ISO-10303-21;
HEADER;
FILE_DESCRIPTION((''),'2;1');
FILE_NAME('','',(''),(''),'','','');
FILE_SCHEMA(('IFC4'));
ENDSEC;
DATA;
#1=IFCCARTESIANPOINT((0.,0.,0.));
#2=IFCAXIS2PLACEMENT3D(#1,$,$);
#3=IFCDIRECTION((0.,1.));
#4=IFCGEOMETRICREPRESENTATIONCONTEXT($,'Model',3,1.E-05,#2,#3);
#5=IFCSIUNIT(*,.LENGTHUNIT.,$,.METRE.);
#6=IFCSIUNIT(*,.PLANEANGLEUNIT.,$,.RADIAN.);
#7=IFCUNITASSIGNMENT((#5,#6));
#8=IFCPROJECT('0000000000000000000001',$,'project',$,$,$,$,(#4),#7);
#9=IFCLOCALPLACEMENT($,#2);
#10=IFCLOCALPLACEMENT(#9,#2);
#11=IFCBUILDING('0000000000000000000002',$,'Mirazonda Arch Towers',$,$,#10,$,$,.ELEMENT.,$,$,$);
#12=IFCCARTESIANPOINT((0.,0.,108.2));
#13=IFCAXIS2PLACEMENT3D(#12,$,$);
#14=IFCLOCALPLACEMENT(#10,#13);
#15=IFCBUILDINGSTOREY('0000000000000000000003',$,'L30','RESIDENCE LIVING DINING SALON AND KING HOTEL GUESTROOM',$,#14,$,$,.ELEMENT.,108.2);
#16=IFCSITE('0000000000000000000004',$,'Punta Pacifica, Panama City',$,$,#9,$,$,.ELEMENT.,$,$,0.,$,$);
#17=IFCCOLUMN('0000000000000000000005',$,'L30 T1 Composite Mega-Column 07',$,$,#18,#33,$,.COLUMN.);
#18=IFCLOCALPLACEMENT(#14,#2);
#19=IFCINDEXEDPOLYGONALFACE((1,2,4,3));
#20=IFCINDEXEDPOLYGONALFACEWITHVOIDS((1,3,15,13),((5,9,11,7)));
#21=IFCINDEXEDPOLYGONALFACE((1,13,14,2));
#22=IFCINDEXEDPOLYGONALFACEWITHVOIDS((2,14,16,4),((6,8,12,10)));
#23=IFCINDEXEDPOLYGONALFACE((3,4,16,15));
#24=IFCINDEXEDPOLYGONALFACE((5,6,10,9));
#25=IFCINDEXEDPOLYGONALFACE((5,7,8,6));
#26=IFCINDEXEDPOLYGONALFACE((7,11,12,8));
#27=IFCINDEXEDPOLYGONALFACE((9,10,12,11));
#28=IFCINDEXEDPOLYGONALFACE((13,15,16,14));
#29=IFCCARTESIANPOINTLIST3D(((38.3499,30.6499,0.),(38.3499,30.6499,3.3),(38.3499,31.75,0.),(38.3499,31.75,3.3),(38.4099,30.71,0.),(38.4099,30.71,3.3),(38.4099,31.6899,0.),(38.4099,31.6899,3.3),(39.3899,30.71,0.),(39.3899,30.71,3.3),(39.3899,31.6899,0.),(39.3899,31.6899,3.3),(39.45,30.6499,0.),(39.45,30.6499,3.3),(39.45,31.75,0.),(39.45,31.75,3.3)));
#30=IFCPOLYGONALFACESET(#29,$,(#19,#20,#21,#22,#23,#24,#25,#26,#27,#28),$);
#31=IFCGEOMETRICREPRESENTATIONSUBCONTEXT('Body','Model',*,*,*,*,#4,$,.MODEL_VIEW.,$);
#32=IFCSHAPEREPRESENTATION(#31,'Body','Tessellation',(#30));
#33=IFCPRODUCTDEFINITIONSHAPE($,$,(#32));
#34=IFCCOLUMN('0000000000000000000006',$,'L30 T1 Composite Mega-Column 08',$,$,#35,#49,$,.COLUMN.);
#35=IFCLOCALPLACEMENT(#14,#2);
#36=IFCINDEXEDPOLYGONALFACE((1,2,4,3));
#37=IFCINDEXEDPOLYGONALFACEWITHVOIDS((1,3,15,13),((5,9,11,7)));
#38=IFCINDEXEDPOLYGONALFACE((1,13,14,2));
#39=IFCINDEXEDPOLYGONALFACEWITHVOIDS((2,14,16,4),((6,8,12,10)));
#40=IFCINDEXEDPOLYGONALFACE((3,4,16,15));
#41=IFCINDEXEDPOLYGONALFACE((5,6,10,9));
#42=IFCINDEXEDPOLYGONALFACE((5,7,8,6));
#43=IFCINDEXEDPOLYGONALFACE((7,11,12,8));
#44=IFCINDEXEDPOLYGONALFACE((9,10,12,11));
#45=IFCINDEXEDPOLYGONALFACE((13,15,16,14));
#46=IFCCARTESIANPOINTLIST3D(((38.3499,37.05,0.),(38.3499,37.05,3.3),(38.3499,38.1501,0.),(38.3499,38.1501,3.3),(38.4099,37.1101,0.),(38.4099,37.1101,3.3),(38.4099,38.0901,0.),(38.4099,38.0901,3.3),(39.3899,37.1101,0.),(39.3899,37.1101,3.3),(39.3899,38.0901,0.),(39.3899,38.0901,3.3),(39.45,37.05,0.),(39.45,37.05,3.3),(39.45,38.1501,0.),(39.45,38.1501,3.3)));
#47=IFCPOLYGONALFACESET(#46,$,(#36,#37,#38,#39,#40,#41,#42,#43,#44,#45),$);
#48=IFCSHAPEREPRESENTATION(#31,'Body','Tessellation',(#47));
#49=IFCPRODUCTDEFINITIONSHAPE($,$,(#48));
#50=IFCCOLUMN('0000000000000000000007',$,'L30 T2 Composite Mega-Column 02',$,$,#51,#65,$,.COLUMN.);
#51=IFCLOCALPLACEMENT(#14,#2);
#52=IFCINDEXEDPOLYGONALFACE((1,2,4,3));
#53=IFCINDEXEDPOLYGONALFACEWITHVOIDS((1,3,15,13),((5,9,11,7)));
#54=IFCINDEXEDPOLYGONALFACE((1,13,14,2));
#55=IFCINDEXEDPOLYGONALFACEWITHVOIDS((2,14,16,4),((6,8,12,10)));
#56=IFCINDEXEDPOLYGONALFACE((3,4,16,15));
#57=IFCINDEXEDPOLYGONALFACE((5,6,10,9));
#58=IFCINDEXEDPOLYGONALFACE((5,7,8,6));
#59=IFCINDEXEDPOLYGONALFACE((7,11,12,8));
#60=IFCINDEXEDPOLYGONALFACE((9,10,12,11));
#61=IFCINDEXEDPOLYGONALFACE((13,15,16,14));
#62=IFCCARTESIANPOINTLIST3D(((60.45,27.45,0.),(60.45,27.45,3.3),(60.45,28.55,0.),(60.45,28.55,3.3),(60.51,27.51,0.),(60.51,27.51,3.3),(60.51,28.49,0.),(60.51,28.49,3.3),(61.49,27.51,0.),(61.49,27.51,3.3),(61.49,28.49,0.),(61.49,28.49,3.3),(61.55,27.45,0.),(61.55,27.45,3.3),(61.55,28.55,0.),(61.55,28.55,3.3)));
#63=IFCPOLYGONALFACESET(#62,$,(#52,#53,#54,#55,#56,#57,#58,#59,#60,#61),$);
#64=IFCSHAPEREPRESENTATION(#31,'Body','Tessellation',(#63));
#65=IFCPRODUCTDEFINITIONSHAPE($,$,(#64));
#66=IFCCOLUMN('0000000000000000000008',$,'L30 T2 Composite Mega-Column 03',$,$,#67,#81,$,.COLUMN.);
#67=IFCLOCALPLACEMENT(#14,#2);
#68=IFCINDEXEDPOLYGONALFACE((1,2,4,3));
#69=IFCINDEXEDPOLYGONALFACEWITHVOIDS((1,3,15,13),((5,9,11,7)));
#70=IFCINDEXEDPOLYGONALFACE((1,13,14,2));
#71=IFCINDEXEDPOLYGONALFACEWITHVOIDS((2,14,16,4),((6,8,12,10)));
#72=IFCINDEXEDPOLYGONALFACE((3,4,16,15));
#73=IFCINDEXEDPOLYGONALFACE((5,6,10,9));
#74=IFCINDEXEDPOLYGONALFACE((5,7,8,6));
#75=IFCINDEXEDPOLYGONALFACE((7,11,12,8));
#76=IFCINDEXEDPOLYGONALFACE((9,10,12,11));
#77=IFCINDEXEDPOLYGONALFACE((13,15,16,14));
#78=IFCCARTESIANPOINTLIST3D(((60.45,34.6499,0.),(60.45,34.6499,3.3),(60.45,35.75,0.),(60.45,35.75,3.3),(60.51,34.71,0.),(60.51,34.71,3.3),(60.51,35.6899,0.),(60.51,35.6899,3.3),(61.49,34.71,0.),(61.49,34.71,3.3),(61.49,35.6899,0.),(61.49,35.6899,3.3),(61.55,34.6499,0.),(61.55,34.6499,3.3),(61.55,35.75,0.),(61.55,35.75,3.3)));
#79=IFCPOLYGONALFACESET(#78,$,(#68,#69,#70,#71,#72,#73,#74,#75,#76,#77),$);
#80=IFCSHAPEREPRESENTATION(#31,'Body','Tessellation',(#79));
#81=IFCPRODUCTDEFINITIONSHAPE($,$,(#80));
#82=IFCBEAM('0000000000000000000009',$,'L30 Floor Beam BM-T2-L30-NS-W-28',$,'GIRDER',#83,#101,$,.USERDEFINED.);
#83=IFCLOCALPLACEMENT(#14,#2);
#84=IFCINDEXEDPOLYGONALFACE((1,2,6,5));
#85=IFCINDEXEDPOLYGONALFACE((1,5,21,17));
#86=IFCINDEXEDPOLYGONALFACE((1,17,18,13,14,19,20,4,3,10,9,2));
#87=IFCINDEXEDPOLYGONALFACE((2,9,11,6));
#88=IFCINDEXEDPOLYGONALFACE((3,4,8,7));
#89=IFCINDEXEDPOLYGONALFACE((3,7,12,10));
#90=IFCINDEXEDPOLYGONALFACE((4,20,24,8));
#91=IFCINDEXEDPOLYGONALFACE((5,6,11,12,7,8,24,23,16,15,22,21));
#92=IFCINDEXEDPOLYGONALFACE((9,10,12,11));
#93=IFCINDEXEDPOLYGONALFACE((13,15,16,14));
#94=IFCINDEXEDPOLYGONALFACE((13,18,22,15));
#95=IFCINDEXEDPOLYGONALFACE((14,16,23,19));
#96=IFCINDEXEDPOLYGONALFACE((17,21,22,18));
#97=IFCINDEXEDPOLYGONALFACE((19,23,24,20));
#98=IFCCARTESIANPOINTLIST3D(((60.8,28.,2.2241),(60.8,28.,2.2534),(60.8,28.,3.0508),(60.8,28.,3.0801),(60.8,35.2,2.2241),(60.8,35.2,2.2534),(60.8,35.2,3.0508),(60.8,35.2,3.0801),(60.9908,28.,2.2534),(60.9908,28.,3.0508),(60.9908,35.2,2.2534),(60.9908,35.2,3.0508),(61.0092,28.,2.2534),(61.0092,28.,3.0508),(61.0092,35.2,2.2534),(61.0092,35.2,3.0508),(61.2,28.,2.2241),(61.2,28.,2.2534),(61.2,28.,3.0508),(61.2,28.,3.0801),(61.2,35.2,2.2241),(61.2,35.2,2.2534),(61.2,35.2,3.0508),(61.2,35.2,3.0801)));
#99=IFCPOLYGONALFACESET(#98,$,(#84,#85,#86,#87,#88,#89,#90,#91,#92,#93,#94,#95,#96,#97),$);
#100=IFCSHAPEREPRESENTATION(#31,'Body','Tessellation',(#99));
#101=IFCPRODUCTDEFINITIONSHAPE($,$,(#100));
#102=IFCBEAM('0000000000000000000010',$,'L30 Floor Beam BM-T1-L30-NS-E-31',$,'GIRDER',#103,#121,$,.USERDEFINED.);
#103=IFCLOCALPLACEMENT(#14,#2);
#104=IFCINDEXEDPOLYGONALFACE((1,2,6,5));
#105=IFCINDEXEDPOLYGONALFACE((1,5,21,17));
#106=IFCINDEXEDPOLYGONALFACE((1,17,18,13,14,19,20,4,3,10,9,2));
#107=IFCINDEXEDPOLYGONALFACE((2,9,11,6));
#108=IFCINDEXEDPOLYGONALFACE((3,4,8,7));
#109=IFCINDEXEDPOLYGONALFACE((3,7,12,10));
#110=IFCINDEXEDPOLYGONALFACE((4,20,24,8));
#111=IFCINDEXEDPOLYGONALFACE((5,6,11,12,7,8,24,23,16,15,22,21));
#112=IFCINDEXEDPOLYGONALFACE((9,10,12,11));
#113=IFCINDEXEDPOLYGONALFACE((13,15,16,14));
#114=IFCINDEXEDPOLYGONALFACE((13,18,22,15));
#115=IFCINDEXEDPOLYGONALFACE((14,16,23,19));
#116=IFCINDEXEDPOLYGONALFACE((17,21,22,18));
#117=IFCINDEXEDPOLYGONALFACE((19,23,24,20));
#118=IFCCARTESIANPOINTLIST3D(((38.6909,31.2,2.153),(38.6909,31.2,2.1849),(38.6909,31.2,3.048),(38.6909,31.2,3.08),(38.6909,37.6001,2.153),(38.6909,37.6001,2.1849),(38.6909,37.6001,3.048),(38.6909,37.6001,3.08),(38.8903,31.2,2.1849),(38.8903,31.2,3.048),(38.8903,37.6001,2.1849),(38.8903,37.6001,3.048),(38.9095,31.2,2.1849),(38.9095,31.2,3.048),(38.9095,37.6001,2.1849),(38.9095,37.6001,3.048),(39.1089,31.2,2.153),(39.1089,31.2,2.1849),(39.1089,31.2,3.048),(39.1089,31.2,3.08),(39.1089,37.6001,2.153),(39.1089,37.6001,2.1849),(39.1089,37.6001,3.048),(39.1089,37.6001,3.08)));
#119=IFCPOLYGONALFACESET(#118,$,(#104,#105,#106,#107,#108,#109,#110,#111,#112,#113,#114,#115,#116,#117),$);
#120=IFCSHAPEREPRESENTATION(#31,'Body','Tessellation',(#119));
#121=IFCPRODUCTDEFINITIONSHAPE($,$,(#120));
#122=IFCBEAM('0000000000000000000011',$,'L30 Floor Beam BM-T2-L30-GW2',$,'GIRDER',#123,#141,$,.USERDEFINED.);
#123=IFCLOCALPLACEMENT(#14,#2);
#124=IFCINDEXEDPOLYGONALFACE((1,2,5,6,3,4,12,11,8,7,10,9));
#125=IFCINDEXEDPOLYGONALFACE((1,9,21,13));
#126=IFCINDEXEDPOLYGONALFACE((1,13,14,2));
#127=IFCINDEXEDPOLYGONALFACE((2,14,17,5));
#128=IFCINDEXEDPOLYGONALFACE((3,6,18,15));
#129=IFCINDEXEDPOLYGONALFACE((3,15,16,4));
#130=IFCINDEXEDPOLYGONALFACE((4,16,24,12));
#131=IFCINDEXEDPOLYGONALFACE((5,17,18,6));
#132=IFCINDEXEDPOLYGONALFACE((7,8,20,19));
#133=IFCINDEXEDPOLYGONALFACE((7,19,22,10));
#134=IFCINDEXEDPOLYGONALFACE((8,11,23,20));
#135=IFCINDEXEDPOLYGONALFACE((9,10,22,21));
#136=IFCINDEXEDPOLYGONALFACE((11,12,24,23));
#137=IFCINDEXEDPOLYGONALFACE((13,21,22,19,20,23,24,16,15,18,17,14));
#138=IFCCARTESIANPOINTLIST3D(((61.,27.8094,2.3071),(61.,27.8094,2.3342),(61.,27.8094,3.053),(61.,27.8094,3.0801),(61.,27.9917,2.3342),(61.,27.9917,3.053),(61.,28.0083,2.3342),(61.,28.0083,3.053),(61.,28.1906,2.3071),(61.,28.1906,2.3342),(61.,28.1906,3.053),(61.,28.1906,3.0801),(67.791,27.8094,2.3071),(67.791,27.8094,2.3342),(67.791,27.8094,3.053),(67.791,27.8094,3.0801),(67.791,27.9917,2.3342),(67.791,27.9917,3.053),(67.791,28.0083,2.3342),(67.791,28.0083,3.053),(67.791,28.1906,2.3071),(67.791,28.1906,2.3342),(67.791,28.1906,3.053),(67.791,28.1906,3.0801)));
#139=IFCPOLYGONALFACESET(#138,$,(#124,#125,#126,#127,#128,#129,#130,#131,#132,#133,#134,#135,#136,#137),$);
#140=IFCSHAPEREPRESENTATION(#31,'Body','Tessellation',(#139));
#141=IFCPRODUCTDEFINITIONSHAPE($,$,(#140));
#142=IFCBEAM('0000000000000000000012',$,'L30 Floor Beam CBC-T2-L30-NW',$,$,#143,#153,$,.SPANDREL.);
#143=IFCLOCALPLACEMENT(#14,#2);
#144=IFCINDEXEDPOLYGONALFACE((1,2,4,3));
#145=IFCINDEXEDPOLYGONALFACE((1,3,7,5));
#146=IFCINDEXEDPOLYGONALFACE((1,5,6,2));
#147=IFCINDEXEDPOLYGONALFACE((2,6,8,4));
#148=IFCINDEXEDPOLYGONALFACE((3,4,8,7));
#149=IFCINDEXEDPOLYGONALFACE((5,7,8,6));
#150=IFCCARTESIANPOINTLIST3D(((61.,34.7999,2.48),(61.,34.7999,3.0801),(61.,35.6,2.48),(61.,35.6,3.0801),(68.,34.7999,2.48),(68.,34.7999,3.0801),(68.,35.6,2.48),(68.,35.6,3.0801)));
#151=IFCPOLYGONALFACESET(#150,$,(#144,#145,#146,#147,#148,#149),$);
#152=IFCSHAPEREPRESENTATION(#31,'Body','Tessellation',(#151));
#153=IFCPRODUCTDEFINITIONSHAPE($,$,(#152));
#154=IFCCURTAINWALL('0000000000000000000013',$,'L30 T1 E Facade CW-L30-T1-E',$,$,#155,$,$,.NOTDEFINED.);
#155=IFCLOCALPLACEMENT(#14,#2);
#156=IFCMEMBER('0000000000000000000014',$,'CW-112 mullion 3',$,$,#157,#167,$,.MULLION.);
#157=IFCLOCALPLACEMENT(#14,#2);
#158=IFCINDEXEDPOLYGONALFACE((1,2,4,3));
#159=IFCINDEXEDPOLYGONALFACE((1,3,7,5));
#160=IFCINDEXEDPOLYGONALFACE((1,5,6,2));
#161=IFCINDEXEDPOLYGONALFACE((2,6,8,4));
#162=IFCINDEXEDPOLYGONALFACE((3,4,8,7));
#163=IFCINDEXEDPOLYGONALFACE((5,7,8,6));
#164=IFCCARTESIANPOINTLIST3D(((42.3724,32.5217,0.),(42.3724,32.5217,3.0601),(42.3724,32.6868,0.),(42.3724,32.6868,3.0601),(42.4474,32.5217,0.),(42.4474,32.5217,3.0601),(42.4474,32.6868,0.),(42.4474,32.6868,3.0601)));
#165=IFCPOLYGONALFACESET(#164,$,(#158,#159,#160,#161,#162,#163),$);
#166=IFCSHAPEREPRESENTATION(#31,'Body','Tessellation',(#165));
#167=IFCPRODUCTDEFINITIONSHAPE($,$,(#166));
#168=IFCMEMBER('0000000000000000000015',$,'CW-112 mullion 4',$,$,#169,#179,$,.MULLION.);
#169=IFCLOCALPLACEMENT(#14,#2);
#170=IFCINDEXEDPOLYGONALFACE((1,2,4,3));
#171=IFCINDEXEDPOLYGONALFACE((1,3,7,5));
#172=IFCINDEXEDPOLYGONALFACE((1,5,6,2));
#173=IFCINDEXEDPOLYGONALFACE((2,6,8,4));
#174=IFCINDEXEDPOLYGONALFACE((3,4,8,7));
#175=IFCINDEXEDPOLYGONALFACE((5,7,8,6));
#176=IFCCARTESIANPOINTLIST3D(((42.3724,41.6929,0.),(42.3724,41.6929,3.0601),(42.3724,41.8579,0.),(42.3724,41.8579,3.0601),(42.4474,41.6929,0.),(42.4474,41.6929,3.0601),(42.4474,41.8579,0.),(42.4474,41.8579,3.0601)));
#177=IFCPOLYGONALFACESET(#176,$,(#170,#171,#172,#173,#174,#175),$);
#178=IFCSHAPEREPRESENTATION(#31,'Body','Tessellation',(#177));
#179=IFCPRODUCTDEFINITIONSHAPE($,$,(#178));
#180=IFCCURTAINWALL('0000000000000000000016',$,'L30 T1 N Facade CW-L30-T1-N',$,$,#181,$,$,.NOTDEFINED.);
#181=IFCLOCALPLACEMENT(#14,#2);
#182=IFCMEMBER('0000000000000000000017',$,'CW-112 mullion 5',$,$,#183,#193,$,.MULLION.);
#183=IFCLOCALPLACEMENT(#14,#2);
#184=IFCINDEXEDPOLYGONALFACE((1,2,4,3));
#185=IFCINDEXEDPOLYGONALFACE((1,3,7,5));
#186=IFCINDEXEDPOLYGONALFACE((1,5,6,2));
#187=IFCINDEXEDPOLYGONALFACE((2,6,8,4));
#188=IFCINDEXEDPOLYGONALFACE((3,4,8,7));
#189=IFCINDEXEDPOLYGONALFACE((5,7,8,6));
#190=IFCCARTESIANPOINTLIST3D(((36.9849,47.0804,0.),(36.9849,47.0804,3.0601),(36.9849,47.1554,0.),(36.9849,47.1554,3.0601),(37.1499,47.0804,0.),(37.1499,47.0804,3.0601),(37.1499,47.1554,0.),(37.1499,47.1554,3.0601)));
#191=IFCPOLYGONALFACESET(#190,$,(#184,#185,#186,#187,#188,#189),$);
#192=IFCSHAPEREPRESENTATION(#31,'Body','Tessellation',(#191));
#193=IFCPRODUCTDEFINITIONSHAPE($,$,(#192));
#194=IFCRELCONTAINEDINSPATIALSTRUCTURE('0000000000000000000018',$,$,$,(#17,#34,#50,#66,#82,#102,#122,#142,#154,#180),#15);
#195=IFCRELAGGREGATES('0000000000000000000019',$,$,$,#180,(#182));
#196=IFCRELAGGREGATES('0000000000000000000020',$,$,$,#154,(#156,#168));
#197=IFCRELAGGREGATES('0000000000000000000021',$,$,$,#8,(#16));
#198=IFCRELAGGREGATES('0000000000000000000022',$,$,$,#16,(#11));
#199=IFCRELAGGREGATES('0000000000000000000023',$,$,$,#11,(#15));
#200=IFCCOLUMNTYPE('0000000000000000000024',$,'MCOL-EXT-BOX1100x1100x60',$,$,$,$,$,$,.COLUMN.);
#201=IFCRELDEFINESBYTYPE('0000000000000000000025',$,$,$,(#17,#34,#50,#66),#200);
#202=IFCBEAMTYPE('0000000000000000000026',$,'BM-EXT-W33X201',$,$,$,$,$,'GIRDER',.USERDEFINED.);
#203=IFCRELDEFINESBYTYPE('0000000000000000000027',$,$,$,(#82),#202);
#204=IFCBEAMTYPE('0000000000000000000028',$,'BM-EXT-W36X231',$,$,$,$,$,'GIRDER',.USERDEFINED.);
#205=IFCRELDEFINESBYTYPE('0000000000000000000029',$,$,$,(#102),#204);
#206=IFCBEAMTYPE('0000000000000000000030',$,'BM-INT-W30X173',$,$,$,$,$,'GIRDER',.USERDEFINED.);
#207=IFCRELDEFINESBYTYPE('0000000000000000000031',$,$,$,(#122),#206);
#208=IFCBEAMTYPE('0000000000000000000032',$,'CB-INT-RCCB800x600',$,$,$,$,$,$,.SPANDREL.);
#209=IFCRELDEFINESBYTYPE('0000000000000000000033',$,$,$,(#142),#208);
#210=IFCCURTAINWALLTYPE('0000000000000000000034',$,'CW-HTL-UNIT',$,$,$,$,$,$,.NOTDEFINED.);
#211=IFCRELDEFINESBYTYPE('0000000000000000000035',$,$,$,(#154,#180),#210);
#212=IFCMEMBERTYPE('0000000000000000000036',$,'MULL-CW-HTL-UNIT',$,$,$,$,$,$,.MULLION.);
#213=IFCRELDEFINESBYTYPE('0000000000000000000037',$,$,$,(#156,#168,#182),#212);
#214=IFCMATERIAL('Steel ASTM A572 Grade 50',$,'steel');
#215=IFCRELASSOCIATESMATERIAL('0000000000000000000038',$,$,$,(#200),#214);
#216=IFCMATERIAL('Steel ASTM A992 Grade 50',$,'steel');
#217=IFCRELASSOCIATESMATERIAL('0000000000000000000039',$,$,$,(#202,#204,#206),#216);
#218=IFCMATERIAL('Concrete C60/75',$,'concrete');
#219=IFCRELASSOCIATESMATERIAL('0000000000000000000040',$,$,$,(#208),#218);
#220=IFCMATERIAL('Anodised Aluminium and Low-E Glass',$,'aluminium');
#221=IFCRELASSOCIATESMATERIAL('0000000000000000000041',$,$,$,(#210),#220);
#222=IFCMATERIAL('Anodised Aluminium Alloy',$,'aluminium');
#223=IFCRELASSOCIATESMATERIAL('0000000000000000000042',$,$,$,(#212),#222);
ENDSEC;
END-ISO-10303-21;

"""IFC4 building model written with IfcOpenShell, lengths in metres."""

from ifc_helpers import new_model, si_unit, direction, frame, origin, origin_2d, place, context, subcontext, project, spatial, rectangle, hollow_rectangle, i_section, extrude, material, material_profile, profile_set, type_object, element, aggregate, save


model = new_model("IFC4")

# Units and contexts
model_context = context("Model", 3, precision=1e-05, world=origin(), true_north=direction((0.0, 1.0)))
body_context = subcontext(model_context, "Body", "Model", "MODEL_VIEW")
ifc_project = project(units=[si_unit("LENGTHUNIT", "METRE"), si_unit("PLANEANGLEUNIT", "RADIAN")], contexts=[model_context])

# Site, building, storey
site_placement = place(None, origin())
site = spatial("IfcSite", under=ifc_project, at=site_placement, Name="Punta Pacifica, Panama City", CompositionType="ELEMENT", RefElevation=0.0)
building_placement = place(site_placement, origin())
building = spatial("IfcBuilding", under=site, at=building_placement, Name="Mirazonda Arch Towers", CompositionType="ELEMENT")
storey_placement = place(building_placement, frame((0.0, 0.0, 108.2)))
storey = spatial("IfcBuildingStorey", under=building, at=storey_placement, Name="L30", Description="RESIDENCE LIVING DINING SALON AND KING HOTEL GUESTROOM", CompositionType="ELEMENT", Elevation=108.2)

# Columns
ifc_material_1 = material(Name="Steel ASTM A572 Grade 50", Category="steel")
ifc_material_profile_1 = material_profile(ifc_material_1, hollow_rectangle(XDim=1.1001, YDim=1.1001, WallThickness=0.0601, at=origin_2d()), Name="BOX1100x1100x60")
ifc_profile_set_1 = profile_set([ifc_material_profile_1], Name="Steel ASTM A572 Grade 50")
column_type = type_object("IfcColumnType", Name="MCOL-EXT-BOX1100x1100x60", PredefinedType="COLUMN", material=ifc_profile_set_1)
for number, where, z_axis, x_axis, name in (
    (1, (38.8999, 31.2, 0.0), (0.0, 0.0, 1.0), (1.0, 0.0, 0.0), "L30 T1 Composite Mega-Column 07"),
    (2, (38.8999, 37.6001, 0.0), (0.0, 0.0, 1.0), (1.0, 0.0, 0.0), "L30 T1 Composite Mega-Column 08"),
    (3, (61.0, 28.0, 0.0), (0.0, 0.0, 1.0), (1.0, 0.0, 0.0), "L30 T2 Composite Mega-Column 02"),
    (4, (61.0, 35.2, 0.0), (0.0, 0.0, 1.0), (1.0, 0.0, 0.0), "L30 T2 Composite Mega-Column 03"),
):
    element("IfcColumn", number, at=place(storey_placement, frame(where, z_axis=z_axis, x_axis=x_axis)), inside=storey, type_object=column_type, Name=name, PredefinedType="COLUMN", context=body_context, shape_type="SweptSolid", body=[
        extrude(hollow_rectangle(XDim=1.1001, YDim=1.1001, WallThickness=0.0601, at=origin_2d()), origin(), (0.0, 0.0, 1.0), 3.3),
    ])

# Beams
ifc_material_2 = material(Name="Steel ASTM A992 Grade 50", Category="steel")
ifc_material_profile_2 = material_profile(ifc_material_2, i_section(OverallWidth=0.3999, OverallDepth=0.856, WebThickness=0.0183, FlangeThickness=0.0293, at=origin_2d()), Name="W33X201")
ifc_profile_set_2 = profile_set([ifc_material_profile_2], Name="Steel ASTM A992 Grade 50")
beam_type_1 = type_object("IfcBeamType", Name="BM-EXT-W33X201", ElementType="GIRDER", PredefinedType="USERDEFINED", material=ifc_profile_set_2)
beam_1_placement = place(storey_placement, frame((61.0, 28.0, 2.6521), z_axis=(0.0, 1.0, 0.0), x_axis=(-1.0, 0.0, 0.0)))
element("IfcBeam", 5, at=beam_1_placement, inside=storey, type_object=beam_type_1, Name="L30 Floor Beam BM-T2-L30-NS-W-28", ObjectType="GIRDER", PredefinedType="USERDEFINED", context=body_context, shape_type="SweptSolid", body=[
    extrude(i_section(OverallWidth=0.3999, OverallDepth=0.856, WebThickness=0.0183, FlangeThickness=0.0293, at=origin_2d()), origin(), (0.0, 0.0, 1.0), 7.2),
])
ifc_material_profile_3 = material_profile(ifc_material_2, i_section(OverallWidth=0.418, OverallDepth=0.927, WebThickness=0.0193, FlangeThickness=0.032, at=origin_2d()), Name="W36X231")
ifc_profile_set_3 = profile_set([ifc_material_profile_3], Name="Steel ASTM A992 Grade 50")
beam_type_2 = type_object("IfcBeamType", Name="BM-EXT-W36X231", ElementType="GIRDER", PredefinedType="USERDEFINED", material=ifc_profile_set_3)
beam_2_placement = place(storey_placement, frame((38.8999, 31.2, 2.6165), z_axis=(0.0, 1.0, 0.0), x_axis=(-1.0, 0.0, 0.0)))
element("IfcBeam", 6, at=beam_2_placement, inside=storey, type_object=beam_type_2, Name="L30 Floor Beam BM-T1-L30-NS-E-31", ObjectType="GIRDER", PredefinedType="USERDEFINED", context=body_context, shape_type="SweptSolid", body=[
    extrude(i_section(OverallWidth=0.418, OverallDepth=0.927, WebThickness=0.0193, FlangeThickness=0.032, at=origin_2d()), origin(), (0.0, 0.0, 1.0), 6.4001),
])
ifc_material_profile_4 = material_profile(ifc_material_2, i_section(OverallWidth=0.3811, OverallDepth=0.7729, WebThickness=0.0166, FlangeThickness=0.0271, at=origin_2d()), Name="W30X173")
ifc_profile_set_4 = profile_set([ifc_material_profile_4], Name="Steel ASTM A992 Grade 50")
beam_type_3 = type_object("IfcBeamType", Name="BM-INT-W30X173", ElementType="GIRDER", PredefinedType="USERDEFINED", material=ifc_profile_set_4)
beam_3_placement = place(storey_placement, frame((61.0, 28.0, 2.6936), z_axis=(1.0, 0.0, 0.0), x_axis=(0.0, 1.0, 0.0)))
element("IfcBeam", 7, at=beam_3_placement, inside=storey, type_object=beam_type_3, Name="L30 Floor Beam BM-T2-L30-GW2", ObjectType="GIRDER", PredefinedType="USERDEFINED", context=body_context, shape_type="SweptSolid", body=[
    extrude(i_section(OverallWidth=0.3811, OverallDepth=0.7729, WebThickness=0.0166, FlangeThickness=0.0271, at=origin_2d()), origin(), (0.0, 0.0, 1.0), 6.791),
])
ifc_material_3 = material(Name="Concrete C60/75", Category="concrete")
ifc_material_profile_5 = material_profile(ifc_material_3, rectangle(XDim=0.8, YDim=0.6001, at=origin_2d()), Name="RCCB800x600")
ifc_profile_set_5 = profile_set([ifc_material_profile_5], Name="Concrete C60/75")
beam_type_4 = type_object("IfcBeamType", Name="CB-INT-RCCB800x600", PredefinedType="SPANDREL", material=ifc_profile_set_5)
beam_4_placement = place(storey_placement, frame((61.0, 35.2, 2.78), z_axis=(1.0, 0.0, 0.0), x_axis=(0.0, 1.0, 0.0)))
element("IfcBeam", 8, at=beam_4_placement, inside=storey, type_object=beam_type_4, Name="L30 Floor Beam CBC-T2-L30-NW", PredefinedType="SPANDREL", context=body_context, shape_type="SweptSolid", body=[
    extrude(rectangle(XDim=0.8, YDim=0.6001, at=origin_2d()), origin(), (0.0, 0.0, 1.0), 7.0),
])

# Curtain wall, members
ifc_material_4 = material(Name="Anodised Aluminium and Low-E Glass", Category="aluminium")
curtain_wall_type = type_object("IfcCurtainWallType", Name="CW-HTL-UNIT", PredefinedType="NOTDEFINED", material=ifc_material_4)
curtain_wall_1_placement = place(storey_placement, origin())
curtain_wall_1 = element("IfcCurtainWall", 9, at=curtain_wall_1_placement, inside=storey, type_object=curtain_wall_type, Name="L30 T1 E Facade CW-L30-T1-E", PredefinedType="NOTDEFINED")
ifc_material_5 = material(Name="Anodised Aluminium Alloy", Category="aluminium")
ifc_material_profile_6 = material_profile(ifc_material_5, rectangle(XDim=0.075, YDim=0.165, at=origin_2d()), Name="ALU-MULL-75x165")
ifc_profile_set_6 = profile_set([ifc_material_profile_6], Name="Anodised Aluminium Alloy")
member_type_1 = type_object("IfcMemberType", Name="MULL-CW-HTL-UNIT", PredefinedType="MULLION", material=ifc_profile_set_6)
member_1_placement = place(storey_placement, frame((42.4099, 32.6042, 0.0), z_axis=(0.0, 0.0, 1.0), x_axis=(-1.0, 0.0, 0.0)))
member_1 = element("IfcMember", 10, at=member_1_placement, type_object=member_type_1, Name="CW-112 mullion 3", PredefinedType="MULLION", context=body_context, shape_type="SweptSolid", body=[
    extrude(rectangle(XDim=0.075, YDim=0.165, at=origin_2d()), origin(), (0.0, 0.0, 1.0), 3.0601),
])
member_2_placement = place(storey_placement, frame((42.4099, 41.7754, 0.0), z_axis=(0.0, 0.0, 1.0), x_axis=(-1.0, 0.0, 0.0)))
member_2 = element("IfcMember", 11, at=member_2_placement, type_object=member_type_1, Name="CW-112 mullion 4", PredefinedType="MULLION", context=body_context, shape_type="SweptSolid", body=[
    extrude(rectangle(XDim=0.075, YDim=0.165, at=origin_2d()), origin(), (0.0, 0.0, 1.0), 3.0601),
])

# Curtain wall, member
curtain_wall_2_placement = place(storey_placement, origin())
curtain_wall_2 = element("IfcCurtainWall", 12, at=curtain_wall_2_placement, inside=storey, type_object=curtain_wall_type, Name="L30 T1 N Facade CW-L30-T1-N", PredefinedType="NOTDEFINED")
member_3_placement = place(storey_placement, frame((37.0674, 47.1179, 0.0), z_axis=(0.0, 0.0, 1.0), x_axis=(0.0, 1.0, 0.0)))
member_3 = element("IfcMember", 13, at=member_3_placement, type_object=member_type_1, Name="CW-112 mullion 5", PredefinedType="MULLION", context=body_context, shape_type="SweptSolid", body=[
    extrude(rectangle(XDim=0.075, YDim=0.165, at=origin_2d()), origin(), (0.0, 0.0, 1.0), 3.0601),
])
aggregate(curtain_wall_2, [member_3])

aggregate(curtain_wall_1, [member_1, member_2])

save(model, "model.ifc")
